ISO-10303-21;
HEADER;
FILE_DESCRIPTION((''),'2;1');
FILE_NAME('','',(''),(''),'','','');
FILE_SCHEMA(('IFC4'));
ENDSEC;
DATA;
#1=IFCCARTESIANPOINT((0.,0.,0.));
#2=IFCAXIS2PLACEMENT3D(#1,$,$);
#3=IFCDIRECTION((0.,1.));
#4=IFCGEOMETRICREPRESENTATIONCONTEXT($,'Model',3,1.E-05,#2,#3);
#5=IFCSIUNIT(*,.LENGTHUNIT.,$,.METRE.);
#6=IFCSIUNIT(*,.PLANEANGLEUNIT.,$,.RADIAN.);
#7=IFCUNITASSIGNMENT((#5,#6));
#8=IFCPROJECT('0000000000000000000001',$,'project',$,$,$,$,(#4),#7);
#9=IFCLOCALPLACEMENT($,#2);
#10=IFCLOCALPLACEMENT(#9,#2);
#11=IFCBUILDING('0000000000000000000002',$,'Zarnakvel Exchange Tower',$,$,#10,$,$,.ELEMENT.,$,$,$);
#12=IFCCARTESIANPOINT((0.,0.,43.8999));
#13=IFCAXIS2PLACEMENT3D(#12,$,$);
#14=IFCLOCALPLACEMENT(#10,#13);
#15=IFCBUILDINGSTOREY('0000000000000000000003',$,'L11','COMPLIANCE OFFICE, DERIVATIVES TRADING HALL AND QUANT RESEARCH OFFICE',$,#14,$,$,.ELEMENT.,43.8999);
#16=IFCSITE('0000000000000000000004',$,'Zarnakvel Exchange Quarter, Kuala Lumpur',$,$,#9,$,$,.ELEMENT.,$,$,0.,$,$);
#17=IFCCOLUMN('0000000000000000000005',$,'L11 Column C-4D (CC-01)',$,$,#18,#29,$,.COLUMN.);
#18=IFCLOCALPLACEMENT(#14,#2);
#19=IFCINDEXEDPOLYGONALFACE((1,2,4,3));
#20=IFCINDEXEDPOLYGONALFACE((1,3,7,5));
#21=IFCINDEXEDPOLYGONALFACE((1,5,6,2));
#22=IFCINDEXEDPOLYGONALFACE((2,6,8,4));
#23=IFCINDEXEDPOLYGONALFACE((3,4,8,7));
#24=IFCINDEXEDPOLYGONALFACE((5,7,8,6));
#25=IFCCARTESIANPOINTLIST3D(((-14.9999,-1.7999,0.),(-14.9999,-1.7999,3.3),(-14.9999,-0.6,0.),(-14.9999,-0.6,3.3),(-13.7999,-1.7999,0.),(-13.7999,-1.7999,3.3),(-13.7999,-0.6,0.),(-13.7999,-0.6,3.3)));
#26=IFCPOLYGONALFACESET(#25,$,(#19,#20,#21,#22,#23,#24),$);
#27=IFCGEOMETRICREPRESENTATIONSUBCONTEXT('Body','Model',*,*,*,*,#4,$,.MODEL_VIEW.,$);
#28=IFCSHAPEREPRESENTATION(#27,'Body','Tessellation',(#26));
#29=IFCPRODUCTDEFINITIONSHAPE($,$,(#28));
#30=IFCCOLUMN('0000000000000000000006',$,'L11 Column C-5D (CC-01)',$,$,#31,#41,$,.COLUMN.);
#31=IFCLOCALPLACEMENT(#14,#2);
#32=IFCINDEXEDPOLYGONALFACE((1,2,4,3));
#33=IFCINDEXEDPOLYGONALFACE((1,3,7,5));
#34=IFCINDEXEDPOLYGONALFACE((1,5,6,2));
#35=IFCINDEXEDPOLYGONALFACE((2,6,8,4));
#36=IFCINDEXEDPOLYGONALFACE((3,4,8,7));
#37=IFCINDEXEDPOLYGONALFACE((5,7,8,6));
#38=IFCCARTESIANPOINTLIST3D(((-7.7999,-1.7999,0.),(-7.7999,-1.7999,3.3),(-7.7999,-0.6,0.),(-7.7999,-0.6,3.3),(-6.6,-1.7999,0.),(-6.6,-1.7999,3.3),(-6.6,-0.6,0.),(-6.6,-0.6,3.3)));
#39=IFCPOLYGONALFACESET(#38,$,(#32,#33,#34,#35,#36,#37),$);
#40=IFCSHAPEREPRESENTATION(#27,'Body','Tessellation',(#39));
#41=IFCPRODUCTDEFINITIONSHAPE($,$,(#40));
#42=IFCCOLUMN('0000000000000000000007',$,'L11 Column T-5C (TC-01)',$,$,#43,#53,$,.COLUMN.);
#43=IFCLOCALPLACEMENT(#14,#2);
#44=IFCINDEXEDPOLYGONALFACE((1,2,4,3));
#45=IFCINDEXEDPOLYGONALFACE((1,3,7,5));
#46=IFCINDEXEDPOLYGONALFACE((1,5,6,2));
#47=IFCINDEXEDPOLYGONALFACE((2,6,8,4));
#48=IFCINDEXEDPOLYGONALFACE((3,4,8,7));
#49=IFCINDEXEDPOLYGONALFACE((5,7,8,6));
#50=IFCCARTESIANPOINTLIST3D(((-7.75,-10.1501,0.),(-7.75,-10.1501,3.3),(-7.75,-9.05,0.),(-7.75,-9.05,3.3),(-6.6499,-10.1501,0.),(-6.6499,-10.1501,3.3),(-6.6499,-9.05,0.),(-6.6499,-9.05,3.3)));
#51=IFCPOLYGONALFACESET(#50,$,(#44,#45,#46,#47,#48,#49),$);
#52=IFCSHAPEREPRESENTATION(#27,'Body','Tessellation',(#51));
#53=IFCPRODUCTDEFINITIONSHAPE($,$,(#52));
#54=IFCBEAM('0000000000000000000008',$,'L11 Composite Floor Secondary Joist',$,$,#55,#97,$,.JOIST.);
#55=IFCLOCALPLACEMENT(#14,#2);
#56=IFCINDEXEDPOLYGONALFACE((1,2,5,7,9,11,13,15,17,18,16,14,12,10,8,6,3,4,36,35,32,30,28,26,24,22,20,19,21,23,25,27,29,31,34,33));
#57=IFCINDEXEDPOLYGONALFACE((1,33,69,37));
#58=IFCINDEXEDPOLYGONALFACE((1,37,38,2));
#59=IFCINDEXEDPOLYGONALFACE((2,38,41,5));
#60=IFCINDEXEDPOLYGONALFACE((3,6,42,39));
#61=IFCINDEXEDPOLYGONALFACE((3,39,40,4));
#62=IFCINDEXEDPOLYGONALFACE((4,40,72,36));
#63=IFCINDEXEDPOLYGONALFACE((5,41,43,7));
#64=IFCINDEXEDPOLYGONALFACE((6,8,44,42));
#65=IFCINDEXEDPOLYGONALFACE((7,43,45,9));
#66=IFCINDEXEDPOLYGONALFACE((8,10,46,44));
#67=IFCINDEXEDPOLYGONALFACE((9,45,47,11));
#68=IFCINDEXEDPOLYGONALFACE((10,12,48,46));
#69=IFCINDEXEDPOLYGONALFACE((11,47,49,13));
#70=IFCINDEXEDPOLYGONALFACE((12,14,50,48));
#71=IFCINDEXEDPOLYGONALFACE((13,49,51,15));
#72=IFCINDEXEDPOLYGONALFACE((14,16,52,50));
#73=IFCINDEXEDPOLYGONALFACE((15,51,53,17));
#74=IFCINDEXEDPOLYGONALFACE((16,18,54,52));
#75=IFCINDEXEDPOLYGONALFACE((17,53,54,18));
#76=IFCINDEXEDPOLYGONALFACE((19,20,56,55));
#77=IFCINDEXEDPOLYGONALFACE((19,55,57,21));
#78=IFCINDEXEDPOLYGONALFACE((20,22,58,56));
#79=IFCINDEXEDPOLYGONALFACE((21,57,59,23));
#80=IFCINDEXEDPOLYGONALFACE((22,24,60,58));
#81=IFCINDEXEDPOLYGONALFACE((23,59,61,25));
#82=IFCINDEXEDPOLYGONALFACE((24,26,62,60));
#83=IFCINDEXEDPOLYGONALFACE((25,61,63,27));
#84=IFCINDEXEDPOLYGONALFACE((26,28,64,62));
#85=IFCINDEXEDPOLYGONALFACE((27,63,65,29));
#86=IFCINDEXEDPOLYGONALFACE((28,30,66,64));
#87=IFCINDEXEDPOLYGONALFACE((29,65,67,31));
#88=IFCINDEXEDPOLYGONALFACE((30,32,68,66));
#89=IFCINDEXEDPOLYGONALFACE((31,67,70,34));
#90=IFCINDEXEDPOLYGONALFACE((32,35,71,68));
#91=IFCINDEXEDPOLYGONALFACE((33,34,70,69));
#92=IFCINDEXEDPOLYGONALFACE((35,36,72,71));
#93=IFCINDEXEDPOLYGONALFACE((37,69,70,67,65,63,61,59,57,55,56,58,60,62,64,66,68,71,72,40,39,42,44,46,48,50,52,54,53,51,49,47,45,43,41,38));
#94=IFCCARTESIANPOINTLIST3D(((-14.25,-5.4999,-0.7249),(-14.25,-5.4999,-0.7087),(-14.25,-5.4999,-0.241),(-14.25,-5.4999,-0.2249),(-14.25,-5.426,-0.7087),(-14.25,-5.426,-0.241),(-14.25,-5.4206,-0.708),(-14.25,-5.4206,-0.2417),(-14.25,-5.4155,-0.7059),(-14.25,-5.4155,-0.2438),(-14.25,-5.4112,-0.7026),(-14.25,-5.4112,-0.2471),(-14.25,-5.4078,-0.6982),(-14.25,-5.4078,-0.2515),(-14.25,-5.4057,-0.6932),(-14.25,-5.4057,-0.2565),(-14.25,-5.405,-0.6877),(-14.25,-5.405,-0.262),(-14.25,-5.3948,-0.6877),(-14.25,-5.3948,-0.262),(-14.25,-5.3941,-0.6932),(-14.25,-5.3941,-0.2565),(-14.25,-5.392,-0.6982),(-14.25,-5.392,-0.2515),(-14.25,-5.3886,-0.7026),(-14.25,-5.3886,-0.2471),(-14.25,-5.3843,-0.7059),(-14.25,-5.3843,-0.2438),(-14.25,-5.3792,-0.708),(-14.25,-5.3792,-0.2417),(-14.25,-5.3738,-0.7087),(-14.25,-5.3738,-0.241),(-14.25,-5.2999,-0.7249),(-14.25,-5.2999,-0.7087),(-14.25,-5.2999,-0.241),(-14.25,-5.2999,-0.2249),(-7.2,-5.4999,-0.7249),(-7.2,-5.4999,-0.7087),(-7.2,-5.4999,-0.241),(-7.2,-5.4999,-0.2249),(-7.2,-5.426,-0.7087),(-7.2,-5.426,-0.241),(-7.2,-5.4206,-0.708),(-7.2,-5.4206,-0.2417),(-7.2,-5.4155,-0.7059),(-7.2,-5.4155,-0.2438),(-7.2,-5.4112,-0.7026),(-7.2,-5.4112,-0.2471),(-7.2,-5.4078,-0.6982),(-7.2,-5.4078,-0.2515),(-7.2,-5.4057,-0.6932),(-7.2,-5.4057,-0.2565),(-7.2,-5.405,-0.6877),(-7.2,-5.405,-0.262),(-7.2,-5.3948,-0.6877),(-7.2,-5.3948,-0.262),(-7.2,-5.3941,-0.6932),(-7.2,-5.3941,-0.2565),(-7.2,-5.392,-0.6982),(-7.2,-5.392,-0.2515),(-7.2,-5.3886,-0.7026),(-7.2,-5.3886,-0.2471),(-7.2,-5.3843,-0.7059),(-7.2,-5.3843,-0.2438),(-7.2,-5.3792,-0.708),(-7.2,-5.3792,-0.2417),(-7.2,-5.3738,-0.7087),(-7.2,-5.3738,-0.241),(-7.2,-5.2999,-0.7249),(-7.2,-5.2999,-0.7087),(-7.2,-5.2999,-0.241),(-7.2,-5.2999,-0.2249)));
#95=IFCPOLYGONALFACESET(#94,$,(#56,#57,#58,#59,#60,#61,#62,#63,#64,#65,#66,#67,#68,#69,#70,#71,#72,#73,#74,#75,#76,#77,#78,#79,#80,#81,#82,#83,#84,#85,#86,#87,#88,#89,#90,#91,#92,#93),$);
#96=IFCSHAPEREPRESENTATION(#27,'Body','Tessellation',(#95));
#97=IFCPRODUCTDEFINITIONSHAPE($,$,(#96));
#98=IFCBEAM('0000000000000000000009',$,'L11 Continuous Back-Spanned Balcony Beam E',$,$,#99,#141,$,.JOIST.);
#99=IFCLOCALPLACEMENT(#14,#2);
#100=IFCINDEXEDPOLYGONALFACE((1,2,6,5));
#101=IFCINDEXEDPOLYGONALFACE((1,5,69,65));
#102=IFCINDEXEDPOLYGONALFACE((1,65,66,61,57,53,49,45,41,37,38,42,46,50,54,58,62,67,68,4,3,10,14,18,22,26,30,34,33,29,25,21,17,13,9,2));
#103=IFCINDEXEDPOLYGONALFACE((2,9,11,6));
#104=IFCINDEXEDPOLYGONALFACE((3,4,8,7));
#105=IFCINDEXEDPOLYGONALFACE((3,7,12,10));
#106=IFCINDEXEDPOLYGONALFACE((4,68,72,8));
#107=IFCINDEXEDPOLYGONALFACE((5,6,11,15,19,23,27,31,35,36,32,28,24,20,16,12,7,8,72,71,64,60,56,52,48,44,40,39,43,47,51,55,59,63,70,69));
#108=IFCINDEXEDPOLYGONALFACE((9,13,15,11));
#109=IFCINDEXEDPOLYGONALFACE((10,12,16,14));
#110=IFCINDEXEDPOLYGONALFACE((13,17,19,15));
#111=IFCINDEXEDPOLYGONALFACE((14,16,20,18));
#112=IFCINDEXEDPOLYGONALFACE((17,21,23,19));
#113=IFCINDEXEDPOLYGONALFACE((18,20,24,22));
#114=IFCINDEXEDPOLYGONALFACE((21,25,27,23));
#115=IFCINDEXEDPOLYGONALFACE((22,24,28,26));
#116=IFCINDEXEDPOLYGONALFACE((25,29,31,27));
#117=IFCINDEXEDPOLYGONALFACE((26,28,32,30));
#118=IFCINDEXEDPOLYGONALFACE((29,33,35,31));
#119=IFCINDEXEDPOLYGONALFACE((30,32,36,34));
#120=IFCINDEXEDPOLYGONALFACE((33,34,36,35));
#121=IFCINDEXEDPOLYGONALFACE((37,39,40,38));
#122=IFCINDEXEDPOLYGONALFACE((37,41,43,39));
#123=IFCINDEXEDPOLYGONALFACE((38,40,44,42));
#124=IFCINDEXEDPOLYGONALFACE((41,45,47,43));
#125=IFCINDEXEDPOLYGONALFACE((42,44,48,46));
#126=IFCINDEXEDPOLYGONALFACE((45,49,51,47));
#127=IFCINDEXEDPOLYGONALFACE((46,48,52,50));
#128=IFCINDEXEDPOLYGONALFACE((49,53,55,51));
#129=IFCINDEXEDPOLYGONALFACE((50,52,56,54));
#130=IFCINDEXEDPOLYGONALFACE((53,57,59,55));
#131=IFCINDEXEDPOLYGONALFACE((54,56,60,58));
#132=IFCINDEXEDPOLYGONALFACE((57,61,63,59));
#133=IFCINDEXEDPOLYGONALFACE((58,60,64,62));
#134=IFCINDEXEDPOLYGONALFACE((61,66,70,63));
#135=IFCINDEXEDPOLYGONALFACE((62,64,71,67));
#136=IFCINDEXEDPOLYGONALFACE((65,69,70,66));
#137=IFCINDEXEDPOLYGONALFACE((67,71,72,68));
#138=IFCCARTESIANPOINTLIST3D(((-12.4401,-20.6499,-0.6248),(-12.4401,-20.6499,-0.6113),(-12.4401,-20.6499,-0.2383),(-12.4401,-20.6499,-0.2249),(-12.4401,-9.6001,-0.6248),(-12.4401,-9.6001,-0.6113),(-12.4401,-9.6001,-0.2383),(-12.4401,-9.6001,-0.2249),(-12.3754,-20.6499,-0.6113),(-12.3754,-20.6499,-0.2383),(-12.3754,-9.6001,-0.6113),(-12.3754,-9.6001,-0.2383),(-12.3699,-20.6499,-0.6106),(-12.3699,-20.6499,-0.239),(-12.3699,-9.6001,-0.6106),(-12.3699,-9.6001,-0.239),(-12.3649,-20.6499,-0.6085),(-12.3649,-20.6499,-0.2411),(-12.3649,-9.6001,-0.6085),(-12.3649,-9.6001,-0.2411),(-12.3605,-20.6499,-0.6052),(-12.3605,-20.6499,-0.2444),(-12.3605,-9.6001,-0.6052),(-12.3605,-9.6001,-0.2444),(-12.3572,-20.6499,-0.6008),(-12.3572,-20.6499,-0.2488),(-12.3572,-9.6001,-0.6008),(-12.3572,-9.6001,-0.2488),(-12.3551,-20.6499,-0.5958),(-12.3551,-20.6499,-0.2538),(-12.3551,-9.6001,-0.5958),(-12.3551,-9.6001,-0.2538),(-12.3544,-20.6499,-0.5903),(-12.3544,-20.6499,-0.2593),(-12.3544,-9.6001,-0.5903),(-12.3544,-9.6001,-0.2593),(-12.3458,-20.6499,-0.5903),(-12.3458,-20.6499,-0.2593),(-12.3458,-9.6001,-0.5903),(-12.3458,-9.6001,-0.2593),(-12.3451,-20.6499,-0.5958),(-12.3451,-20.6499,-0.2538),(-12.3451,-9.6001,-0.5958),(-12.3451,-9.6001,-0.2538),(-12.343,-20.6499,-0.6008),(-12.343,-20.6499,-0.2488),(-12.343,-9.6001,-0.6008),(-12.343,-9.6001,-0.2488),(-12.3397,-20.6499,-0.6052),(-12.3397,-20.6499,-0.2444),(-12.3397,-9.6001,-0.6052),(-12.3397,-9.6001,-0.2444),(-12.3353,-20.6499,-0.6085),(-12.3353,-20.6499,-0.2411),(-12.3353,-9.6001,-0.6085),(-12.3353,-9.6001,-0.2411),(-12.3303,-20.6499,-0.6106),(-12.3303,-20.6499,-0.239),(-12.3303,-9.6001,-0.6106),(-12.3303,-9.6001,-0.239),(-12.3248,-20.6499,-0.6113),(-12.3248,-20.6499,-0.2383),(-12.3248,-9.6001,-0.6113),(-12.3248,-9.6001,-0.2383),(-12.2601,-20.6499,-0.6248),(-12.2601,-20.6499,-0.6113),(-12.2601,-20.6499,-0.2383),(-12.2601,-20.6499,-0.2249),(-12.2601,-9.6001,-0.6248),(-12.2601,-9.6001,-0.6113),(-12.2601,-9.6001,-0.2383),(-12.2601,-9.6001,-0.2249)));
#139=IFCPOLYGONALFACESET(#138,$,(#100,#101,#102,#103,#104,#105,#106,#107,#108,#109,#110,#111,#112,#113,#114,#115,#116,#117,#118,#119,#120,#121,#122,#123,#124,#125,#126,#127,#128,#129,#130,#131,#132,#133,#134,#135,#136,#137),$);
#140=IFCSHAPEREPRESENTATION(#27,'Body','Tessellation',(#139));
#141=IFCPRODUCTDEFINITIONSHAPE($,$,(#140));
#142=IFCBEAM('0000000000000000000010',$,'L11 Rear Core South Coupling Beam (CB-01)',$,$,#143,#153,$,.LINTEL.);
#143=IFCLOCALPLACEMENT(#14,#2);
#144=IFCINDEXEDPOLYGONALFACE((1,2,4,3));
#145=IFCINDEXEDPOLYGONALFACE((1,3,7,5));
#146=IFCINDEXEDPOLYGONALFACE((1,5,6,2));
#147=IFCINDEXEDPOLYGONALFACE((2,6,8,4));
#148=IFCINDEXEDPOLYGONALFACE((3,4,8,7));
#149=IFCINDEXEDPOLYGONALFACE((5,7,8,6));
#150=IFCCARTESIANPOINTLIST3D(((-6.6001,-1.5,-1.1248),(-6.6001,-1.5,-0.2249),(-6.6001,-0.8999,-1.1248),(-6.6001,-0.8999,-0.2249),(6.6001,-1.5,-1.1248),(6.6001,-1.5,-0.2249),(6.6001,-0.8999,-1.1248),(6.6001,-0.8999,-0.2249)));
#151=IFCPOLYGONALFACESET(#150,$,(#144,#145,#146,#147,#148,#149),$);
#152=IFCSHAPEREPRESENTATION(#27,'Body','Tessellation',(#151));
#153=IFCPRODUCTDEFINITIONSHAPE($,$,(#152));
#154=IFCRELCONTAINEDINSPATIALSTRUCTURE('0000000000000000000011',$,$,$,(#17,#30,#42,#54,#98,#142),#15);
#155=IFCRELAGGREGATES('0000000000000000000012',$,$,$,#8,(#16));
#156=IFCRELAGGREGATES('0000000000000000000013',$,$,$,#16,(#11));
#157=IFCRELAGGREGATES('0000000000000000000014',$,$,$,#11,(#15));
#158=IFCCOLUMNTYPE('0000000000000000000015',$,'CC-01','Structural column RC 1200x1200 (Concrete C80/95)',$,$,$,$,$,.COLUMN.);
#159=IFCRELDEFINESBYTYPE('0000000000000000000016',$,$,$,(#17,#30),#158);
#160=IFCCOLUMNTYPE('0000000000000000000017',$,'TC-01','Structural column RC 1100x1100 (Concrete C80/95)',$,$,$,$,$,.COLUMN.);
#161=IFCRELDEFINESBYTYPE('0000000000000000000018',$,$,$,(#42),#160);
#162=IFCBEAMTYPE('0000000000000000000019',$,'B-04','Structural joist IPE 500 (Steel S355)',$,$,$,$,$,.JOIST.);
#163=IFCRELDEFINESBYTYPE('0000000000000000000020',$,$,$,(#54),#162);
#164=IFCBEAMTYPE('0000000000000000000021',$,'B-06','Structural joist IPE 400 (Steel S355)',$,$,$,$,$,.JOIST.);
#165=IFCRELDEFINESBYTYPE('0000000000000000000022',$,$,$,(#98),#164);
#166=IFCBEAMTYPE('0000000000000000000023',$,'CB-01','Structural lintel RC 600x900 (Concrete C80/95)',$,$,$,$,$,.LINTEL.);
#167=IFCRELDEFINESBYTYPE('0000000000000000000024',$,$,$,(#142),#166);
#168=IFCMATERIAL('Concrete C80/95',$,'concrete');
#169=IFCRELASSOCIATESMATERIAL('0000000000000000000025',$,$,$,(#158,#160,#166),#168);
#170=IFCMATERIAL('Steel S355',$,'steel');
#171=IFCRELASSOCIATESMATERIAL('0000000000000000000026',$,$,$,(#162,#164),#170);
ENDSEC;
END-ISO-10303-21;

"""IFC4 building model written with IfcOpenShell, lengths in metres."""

from ifc_helpers import new_model, si_unit, direction, frame, origin, origin_2d, place, context, subcontext, project, spatial, rectangle, i_section, extrude, material, material_profile, profile_set, type_object, element, save


model = new_model("IFC4")

# Units and contexts
model_context = context("Model", 3, precision=1e-05, world=origin(), true_north=direction((0.0, 1.0)))
body_context = subcontext(model_context, "Body", "Model", "MODEL_VIEW")
ifc_project = project(units=[si_unit("LENGTHUNIT", "METRE"), si_unit("PLANEANGLEUNIT", "RADIAN")], contexts=[model_context])

# Site, building, storey
site_placement = place(None, origin())
site = spatial("IfcSite", under=ifc_project, at=site_placement, Name="Zarnakvel Exchange Quarter, Kuala Lumpur", CompositionType="ELEMENT", RefElevation=0.0)
building_placement = place(site_placement, origin())
building = spatial("IfcBuilding", under=site, at=building_placement, Name="Zarnakvel Exchange Tower", CompositionType="ELEMENT")
storey_placement = place(building_placement, frame((0.0, 0.0, 43.8999)))
storey = spatial("IfcBuildingStorey", under=building, at=storey_placement, Name="L11", Description="COMPLIANCE OFFICE, DERIVATIVES TRADING HALL AND QUANT RESEARCH OFFICE", CompositionType="ELEMENT", Elevation=43.8999)

# Columns
ifc_material_1 = material(Name="Concrete C80/95", Category="concrete")
ifc_material_profile_1 = material_profile(ifc_material_1, rectangle(XDim=1.2, YDim=1.2, at=origin_2d()))
ifc_profile_set_1 = profile_set([ifc_material_profile_1], Name="Concrete C80/95")
column_type_1 = type_object("IfcColumnType", Name="CC-01", Description="Structural column RC 1200x1200 (Concrete C80/95)", PredefinedType="COLUMN", material=ifc_profile_set_1)
for number, where, z_axis, x_axis, name in (
    (1, (-14.3999, -1.2, 0.0), (0.0, 0.0, 1.0), (1.0, 0.0, 0.0), "L11 Column C-4D (CC-01)"),
    (2, (-7.2, -1.2, 0.0), (0.0, 0.0, 1.0), (1.0, 0.0, 0.0), "L11 Column C-5D (CC-01)"),
):
    element("IfcColumn", number, at=place(storey_placement, frame(where, z_axis=z_axis, x_axis=x_axis)), inside=storey, type_object=column_type_1, Name=name, PredefinedType="COLUMN", context=body_context, shape_type="SweptSolid", body=[
        extrude(rectangle(XDim=1.2, YDim=1.2, at=origin_2d()), origin(), (0.0, 0.0, 1.0), 3.3),
    ])
ifc_material_profile_2 = material_profile(ifc_material_1, rectangle(XDim=1.1001, YDim=1.1001, at=origin_2d()))
ifc_profile_set_2 = profile_set([ifc_material_profile_2], Name="Concrete C80/95")
column_type_2 = type_object("IfcColumnType", Name="TC-01", Description="Structural column RC 1100x1100 (Concrete C80/95)", PredefinedType="COLUMN", material=ifc_profile_set_2)
column_placement = place(storey_placement, frame((-7.2, -9.6001, 0.0), z_axis=(0.0, 0.0, 1.0), x_axis=(1.0, 0.0, 0.0)))
element("IfcColumn", 3, at=column_placement, inside=storey, type_object=column_type_2, Name="L11 Column T-5C (TC-01)", PredefinedType="COLUMN", context=body_context, shape_type="SweptSolid", body=[
    extrude(rectangle(XDim=1.1001, YDim=1.1001, at=origin_2d()), origin(), (0.0, 0.0, 1.0), 3.3),
])

# Beams
ifc_material_2 = material(Name="Steel S355", Category="steel")
ifc_material_profile_3 = material_profile(ifc_material_2, i_section(OverallWidth=0.2, OverallDepth=0.5, WebThickness=0.0103, FlangeThickness=0.0161, FilletRadius=0.021, at=origin_2d()))
ifc_profile_set_3 = profile_set([ifc_material_profile_3], Name="Steel S355")
beam_type_1 = type_object("IfcBeamType", Name="B-04", Description="Structural joist IPE 500 (Steel S355)", PredefinedType="JOIST", material=ifc_profile_set_3)
beam_1_placement = place(storey_placement, frame((-14.25, -5.3999, -0.4749), z_axis=(1.0, 0.0, 0.0), x_axis=(0.0, 1.0, 0.0)))
element("IfcBeam", 4, at=beam_1_placement, inside=storey, type_object=beam_type_1, Name="L11 Composite Floor Secondary Joist", PredefinedType="JOIST", context=body_context, shape_type="SweptSolid", body=[
    extrude(i_section(OverallWidth=0.2, OverallDepth=0.5, WebThickness=0.0103, FlangeThickness=0.0161, FilletRadius=0.021, at=origin_2d()), origin(), (0.0, 0.0, 1.0), 7.05),
])
ifc_material_profile_4 = material_profile(ifc_material_2, i_section(OverallWidth=0.1799, OverallDepth=0.3999, WebThickness=0.0085, FlangeThickness=0.0134, FilletRadius=0.021, at=origin_2d()))
ifc_profile_set_4 = profile_set([ifc_material_profile_4], Name="Steel S355")
beam_type_2 = type_object("IfcBeamType", Name="B-06", Description="Structural joist IPE 400 (Steel S355)", PredefinedType="JOIST", material=ifc_profile_set_4)
beam_2_placement = place(storey_placement, frame((-12.3501, -9.6001, -0.4248), z_axis=(0.0, -1.0, 0.0), x_axis=(1.0, 0.0, 0.0)))
element("IfcBeam", 5, at=beam_2_placement, inside=storey, type_object=beam_type_2, Name="L11 Continuous Back-Spanned Balcony Beam E", PredefinedType="JOIST", context=body_context, shape_type="SweptSolid", body=[
    extrude(i_section(OverallWidth=0.1799, OverallDepth=0.3999, WebThickness=0.0085, FlangeThickness=0.0134, FilletRadius=0.021, at=origin_2d()), origin(), (0.0, 0.0, 1.0), 11.0498),
])
ifc_material_profile_5 = material_profile(ifc_material_1, rectangle(XDim=0.6001, YDim=0.8999, at=origin_2d()))
ifc_profile_set_5 = profile_set([ifc_material_profile_5], Name="Concrete C80/95")
beam_type_3 = type_object("IfcBeamType", Name="CB-01", Description="Structural lintel RC 600x900 (Concrete C80/95)", PredefinedType="LINTEL", material=ifc_profile_set_5)
beam_3_placement = place(storey_placement, frame((-6.6001, -1.2, -0.6748), z_axis=(1.0, 0.0, 0.0), x_axis=(0.0, 1.0, 0.0)))
element("IfcBeam", 6, at=beam_3_placement, inside=storey, type_object=beam_type_3, Name="L11 Rear Core South Coupling Beam (CB-01)", PredefinedType="LINTEL", context=body_context, shape_type="SweptSolid", body=[
    extrude(rectangle(XDim=0.6001, YDim=0.8999, at=origin_2d()), origin(), (0.0, 0.0, 1.0), 13.2002),
])

save(model, "model.ifc")
